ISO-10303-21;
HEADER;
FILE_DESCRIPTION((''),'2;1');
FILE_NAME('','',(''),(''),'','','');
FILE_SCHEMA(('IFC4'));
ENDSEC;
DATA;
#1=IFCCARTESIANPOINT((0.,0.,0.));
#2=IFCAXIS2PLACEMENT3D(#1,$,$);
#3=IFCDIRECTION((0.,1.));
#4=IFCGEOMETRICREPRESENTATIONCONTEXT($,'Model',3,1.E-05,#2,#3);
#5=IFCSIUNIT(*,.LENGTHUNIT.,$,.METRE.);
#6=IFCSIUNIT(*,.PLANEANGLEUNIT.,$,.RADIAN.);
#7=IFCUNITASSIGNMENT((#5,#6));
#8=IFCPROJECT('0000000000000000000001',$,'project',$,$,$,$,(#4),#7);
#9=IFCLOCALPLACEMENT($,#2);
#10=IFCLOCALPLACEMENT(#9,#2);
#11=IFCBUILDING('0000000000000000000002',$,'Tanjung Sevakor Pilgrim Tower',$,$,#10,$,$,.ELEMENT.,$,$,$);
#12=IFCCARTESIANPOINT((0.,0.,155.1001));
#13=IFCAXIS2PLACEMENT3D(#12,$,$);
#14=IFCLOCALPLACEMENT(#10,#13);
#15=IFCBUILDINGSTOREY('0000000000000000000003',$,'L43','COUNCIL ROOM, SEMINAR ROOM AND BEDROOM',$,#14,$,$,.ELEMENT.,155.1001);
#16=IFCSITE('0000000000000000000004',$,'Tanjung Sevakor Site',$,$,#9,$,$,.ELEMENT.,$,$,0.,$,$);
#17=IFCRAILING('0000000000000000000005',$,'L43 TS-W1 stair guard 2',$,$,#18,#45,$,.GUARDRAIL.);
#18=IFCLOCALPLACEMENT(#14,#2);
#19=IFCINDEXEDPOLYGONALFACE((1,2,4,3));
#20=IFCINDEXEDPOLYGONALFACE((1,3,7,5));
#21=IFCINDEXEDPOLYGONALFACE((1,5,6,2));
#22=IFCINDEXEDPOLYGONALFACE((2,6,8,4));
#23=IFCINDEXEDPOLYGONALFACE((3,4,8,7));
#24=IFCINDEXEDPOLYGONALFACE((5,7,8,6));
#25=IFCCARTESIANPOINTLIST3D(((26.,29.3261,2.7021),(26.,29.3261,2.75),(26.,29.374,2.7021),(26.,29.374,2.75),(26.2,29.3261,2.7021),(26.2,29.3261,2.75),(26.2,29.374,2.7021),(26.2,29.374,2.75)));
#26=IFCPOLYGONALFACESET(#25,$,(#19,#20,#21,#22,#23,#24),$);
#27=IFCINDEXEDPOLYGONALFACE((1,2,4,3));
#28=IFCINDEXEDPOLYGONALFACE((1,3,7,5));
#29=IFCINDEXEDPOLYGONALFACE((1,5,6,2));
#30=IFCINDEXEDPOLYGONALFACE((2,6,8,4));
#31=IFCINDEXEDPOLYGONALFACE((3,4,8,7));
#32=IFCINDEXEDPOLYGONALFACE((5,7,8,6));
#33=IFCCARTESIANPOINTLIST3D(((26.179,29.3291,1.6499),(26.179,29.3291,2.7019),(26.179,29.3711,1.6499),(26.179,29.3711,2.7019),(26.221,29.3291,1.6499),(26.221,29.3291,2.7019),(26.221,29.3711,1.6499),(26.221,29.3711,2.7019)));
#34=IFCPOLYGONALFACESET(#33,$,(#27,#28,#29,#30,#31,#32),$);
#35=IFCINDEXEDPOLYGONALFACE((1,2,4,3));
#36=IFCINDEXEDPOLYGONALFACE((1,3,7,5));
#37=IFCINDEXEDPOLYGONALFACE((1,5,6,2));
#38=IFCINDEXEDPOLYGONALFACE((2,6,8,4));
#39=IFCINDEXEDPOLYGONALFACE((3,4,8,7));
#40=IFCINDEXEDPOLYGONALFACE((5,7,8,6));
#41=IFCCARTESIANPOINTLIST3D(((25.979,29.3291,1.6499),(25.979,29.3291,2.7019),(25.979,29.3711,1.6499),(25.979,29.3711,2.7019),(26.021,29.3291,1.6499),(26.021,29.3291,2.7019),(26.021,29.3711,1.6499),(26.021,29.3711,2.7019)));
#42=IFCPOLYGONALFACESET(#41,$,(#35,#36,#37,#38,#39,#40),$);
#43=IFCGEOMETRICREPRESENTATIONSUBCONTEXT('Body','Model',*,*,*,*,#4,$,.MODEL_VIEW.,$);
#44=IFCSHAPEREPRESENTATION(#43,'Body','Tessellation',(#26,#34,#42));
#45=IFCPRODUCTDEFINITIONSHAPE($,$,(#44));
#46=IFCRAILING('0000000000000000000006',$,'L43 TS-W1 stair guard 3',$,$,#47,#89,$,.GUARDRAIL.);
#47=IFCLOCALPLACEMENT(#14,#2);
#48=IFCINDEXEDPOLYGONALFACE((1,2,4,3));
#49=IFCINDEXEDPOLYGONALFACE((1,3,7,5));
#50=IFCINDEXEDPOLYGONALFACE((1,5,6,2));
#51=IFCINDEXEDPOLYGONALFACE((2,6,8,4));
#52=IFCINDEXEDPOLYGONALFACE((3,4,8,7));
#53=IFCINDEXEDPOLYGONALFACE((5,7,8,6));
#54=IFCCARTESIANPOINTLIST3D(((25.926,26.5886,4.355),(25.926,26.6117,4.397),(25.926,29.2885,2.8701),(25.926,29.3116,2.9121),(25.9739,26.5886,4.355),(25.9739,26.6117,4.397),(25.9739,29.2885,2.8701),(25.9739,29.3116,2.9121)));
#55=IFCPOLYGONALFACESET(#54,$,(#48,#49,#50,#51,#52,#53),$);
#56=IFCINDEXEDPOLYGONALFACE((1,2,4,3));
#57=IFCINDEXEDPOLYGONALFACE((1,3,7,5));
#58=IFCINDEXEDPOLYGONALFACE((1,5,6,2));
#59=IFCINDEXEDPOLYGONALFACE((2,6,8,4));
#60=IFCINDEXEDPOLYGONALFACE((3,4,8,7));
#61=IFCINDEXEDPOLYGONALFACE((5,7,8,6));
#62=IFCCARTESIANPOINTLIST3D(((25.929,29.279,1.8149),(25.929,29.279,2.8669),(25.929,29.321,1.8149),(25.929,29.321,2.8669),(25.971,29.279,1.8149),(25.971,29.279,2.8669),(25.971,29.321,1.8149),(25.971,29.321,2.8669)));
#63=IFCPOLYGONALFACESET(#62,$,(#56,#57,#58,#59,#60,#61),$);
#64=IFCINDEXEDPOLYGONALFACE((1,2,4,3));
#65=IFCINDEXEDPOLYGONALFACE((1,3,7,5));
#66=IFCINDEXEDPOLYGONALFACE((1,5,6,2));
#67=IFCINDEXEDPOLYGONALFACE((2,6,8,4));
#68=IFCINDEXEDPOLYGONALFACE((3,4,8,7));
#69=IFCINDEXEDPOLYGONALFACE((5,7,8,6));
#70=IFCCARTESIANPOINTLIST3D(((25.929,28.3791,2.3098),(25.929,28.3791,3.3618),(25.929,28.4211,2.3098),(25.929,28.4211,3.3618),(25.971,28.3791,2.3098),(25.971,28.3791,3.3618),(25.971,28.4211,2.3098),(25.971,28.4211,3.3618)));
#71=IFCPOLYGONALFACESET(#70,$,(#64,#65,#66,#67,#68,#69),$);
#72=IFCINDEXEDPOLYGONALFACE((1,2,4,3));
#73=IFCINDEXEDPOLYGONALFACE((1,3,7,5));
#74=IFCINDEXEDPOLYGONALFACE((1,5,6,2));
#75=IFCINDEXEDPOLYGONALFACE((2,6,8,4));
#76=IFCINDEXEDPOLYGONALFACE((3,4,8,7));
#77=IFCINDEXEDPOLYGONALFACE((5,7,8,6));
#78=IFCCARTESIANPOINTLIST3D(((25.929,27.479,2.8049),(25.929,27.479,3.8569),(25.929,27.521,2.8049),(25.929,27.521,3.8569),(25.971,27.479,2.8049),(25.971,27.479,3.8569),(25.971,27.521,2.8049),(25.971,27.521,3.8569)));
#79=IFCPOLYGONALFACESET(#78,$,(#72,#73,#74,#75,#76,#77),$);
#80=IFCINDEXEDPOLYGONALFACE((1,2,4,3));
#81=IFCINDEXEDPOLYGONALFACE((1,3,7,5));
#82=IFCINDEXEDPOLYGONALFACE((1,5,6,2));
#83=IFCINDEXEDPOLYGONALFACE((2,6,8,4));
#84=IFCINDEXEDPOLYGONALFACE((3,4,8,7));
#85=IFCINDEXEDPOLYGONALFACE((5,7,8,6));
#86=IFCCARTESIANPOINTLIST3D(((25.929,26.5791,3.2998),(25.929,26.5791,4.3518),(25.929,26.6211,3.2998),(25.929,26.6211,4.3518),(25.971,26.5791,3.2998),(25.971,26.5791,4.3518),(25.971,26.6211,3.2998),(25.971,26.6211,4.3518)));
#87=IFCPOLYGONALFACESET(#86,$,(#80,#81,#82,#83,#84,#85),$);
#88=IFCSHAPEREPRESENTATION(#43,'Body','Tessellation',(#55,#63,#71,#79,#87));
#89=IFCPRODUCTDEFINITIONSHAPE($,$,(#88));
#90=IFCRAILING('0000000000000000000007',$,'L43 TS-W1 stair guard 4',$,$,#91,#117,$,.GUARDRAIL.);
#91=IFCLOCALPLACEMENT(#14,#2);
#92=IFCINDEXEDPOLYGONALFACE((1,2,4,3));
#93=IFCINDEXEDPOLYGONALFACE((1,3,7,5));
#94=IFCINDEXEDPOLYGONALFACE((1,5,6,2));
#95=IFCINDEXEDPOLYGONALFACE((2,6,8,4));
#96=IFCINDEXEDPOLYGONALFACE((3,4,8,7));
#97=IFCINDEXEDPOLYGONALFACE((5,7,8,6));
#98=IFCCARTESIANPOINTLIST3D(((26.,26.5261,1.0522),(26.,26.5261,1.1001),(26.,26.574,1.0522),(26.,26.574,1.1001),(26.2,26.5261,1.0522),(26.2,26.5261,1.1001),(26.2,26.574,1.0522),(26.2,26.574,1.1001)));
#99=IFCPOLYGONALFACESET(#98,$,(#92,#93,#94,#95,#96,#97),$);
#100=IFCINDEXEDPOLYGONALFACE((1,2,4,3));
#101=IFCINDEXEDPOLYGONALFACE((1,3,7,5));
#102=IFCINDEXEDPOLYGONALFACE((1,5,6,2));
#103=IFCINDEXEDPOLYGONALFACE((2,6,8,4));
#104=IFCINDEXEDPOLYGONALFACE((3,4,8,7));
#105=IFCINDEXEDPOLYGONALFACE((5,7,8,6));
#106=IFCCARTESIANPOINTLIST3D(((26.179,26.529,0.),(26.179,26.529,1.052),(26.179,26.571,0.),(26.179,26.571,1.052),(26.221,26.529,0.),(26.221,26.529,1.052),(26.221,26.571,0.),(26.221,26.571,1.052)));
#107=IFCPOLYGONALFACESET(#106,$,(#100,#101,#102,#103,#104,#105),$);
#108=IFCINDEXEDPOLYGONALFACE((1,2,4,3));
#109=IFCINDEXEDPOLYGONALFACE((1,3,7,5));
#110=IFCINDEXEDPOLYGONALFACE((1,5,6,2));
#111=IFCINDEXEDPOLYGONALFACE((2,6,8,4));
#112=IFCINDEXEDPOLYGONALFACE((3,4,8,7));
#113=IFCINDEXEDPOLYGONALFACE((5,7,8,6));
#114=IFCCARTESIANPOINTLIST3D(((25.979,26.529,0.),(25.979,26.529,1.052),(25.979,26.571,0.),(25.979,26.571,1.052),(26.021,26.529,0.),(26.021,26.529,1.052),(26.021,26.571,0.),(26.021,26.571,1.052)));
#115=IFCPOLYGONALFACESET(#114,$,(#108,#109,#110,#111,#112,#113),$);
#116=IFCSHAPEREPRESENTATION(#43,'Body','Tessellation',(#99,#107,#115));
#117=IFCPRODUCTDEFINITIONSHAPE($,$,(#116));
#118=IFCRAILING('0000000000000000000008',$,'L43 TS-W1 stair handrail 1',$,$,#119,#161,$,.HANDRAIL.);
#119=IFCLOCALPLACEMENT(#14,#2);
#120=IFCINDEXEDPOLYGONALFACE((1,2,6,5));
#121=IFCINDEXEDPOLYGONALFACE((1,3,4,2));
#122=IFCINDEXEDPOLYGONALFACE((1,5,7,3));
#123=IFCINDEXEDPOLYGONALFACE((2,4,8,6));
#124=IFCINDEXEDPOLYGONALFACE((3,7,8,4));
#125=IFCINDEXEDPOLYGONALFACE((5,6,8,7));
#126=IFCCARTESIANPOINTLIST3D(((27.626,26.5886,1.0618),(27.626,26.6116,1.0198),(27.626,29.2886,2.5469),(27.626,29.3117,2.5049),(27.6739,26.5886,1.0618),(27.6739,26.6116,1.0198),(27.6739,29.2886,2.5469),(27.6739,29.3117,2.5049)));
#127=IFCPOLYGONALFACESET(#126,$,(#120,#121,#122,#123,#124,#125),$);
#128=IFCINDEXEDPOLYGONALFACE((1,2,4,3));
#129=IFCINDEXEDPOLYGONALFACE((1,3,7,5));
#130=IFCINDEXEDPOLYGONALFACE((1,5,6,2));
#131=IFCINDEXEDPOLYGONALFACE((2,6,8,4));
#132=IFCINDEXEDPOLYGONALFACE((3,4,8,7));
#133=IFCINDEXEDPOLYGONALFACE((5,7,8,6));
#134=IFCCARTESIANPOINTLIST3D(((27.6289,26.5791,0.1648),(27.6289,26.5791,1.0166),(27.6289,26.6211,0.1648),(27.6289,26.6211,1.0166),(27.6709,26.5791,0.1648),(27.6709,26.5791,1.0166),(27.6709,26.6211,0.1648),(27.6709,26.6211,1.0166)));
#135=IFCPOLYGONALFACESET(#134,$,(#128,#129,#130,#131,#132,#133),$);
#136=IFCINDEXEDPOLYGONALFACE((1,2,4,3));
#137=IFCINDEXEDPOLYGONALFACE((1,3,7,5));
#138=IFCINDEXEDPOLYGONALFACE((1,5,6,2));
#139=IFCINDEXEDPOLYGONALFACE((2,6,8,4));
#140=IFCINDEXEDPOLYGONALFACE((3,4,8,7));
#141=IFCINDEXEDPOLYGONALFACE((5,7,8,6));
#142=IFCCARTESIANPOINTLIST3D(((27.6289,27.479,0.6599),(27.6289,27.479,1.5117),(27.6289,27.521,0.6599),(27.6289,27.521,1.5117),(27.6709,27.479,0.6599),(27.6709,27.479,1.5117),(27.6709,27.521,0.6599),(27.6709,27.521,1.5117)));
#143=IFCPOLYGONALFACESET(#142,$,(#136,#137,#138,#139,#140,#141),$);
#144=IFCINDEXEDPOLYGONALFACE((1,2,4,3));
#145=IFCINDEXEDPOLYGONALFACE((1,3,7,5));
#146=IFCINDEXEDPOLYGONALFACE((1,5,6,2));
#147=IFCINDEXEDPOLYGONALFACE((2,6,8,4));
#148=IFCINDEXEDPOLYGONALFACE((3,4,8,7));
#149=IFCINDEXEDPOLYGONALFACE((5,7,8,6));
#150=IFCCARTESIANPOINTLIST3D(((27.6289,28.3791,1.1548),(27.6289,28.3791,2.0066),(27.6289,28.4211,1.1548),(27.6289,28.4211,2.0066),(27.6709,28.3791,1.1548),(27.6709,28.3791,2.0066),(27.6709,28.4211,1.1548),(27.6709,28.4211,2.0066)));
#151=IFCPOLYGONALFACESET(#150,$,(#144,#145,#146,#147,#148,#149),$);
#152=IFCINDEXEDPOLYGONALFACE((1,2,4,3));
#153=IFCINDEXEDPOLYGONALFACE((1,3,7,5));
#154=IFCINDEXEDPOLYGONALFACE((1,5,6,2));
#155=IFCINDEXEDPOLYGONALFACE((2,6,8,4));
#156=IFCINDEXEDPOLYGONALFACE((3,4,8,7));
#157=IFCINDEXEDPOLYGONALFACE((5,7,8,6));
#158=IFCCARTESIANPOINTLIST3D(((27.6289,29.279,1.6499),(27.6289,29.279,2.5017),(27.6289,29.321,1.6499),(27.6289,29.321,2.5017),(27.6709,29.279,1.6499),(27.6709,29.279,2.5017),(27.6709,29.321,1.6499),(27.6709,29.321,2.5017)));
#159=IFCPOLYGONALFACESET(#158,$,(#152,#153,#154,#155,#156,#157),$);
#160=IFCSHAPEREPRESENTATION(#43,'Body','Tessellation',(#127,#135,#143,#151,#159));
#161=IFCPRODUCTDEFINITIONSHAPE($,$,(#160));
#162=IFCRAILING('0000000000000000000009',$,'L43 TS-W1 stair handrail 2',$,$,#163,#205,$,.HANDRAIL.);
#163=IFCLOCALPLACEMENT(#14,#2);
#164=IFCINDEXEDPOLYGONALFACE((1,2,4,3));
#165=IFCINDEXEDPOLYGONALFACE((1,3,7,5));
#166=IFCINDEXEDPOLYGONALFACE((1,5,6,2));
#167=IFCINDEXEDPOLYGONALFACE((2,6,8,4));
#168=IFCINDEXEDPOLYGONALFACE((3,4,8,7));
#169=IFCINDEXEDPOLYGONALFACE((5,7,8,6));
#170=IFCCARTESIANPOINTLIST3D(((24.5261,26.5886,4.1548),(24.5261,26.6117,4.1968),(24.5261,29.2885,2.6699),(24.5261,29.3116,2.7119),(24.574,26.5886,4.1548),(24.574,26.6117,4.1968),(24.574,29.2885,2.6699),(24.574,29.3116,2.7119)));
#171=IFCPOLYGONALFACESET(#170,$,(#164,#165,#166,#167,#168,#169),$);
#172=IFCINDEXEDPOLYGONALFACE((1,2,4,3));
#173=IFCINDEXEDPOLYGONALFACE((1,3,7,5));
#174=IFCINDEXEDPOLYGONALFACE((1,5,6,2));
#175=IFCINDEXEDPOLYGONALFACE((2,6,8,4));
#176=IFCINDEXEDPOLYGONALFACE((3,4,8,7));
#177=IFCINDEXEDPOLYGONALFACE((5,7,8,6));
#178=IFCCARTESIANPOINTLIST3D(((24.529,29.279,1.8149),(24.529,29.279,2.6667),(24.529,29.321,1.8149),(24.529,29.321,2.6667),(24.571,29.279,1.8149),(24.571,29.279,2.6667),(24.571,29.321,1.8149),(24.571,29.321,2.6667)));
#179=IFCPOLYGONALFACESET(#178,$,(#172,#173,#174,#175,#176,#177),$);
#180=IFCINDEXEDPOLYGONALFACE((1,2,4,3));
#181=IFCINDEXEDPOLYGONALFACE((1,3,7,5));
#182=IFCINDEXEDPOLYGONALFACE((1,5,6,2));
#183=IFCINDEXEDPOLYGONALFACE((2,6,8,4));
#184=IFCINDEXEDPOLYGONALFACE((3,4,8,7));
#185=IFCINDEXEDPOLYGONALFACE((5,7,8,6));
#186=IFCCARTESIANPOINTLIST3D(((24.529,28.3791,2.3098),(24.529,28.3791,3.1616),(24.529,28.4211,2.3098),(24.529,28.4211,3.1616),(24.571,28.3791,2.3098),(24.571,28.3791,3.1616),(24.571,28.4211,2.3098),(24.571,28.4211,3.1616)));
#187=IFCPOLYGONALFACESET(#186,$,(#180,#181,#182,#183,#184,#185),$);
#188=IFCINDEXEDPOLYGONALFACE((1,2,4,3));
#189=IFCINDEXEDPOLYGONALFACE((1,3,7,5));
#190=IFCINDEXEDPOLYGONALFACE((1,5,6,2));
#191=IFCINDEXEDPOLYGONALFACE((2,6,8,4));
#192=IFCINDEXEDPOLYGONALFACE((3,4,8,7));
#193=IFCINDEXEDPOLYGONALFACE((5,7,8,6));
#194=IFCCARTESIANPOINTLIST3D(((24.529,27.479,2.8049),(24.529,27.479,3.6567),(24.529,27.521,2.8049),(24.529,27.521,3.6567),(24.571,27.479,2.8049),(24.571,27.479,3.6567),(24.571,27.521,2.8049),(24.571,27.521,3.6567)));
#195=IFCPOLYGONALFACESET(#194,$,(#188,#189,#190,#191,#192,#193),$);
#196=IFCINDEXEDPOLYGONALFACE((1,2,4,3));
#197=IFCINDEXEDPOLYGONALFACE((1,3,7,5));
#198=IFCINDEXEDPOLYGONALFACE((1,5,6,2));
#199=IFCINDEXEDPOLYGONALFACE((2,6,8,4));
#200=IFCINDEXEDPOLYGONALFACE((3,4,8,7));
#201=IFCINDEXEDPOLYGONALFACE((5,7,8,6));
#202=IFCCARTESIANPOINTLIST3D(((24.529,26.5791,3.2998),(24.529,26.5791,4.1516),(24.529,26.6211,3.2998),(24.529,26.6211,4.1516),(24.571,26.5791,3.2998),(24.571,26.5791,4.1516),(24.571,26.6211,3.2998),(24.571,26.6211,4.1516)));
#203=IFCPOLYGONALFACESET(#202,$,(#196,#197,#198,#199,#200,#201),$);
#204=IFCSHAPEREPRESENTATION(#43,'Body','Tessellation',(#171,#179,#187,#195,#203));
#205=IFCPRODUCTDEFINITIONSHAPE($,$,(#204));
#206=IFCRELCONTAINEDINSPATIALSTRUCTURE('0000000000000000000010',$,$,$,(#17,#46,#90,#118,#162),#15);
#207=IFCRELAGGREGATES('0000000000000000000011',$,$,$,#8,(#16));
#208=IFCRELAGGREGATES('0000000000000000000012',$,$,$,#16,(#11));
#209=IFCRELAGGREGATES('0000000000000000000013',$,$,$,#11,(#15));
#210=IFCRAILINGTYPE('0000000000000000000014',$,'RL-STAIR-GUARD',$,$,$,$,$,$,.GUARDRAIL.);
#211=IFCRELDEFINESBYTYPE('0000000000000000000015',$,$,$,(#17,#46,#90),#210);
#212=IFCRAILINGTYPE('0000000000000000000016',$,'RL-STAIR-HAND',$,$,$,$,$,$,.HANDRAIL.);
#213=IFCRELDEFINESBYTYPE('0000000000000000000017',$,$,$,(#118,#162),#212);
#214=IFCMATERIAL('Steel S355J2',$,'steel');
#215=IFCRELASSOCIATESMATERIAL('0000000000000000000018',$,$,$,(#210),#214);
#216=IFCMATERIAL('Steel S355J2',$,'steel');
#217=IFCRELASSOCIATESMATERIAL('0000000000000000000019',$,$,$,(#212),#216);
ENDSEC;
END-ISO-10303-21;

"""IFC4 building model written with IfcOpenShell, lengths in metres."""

from ifc_helpers import new_model, si_unit, direction, frame, origin, place, context, subcontext, project, spatial, rectangle, extrude, material, type_object, element, save


model = new_model("IFC4")

# Units and contexts
model_context = context("Model", 3, precision=1e-05, world=origin(), true_north=direction((0.0, 1.0)))
body_context = subcontext(model_context, "Body", "Model", "MODEL_VIEW")
ifc_project = project(units=[si_unit("LENGTHUNIT", "METRE"), si_unit("PLANEANGLEUNIT", "RADIAN")], contexts=[model_context])

# Site, building, storey
site_placement = place(None, origin())
site = spatial("IfcSite", under=ifc_project, at=site_placement, Name="Tanjung Sevakor Site", CompositionType="ELEMENT", RefElevation=0.0)
building_placement = place(site_placement, origin())
building = spatial("IfcBuilding", under=site, at=building_placement, Name="Tanjung Sevakor Pilgrim Tower", CompositionType="ELEMENT")
storey_placement = place(building_placement, frame((0.0, 0.0, 155.1001)))
storey = spatial("IfcBuildingStorey", under=building, at=storey_placement, Name="L43", Description="COUNCIL ROOM, SEMINAR ROOM AND BEDROOM", CompositionType="ELEMENT", Elevation=155.1001)

# Railings
ifc_material_1 = material(Name="Steel S355J2", Category="steel")
railing_type_1 = type_object("IfcRailingType", Name="RL-STAIR-GUARD", PredefinedType="GUARDRAIL", material=ifc_material_1)
railing_1_placement = place(storey_placement, frame((26.2, 29.3501, 1.6499)))
element("IfcRailing", 1, at=railing_1_placement, inside=storey, type_object=railing_type_1, Name="L43 TS-W1 stair guard 2", PredefinedType="GUARDRAIL", context=body_context, shape_type="SweptSolid", body=[
    extrude(rectangle(XDim=0.0479, YDim=0.0479), frame((0.0, 0.0, 1.0762), z_axis=(-1.0, 0.0, 0.0), x_axis=(0.0, -1.0, 0.0)), (0.0, 0.0, 1.0), 0.2),
    extrude(rectangle(XDim=0.042, YDim=0.042), origin(), (0.0, 0.0, 1.0), 1.052),
    extrude(rectangle(XDim=0.042, YDim=0.042), frame((-0.2, 0.0, 0.0)), (0.0, 0.0, 1.0), 1.052),
])
railing_2_placement = place(storey_placement, frame((25.95, 29.3, 1.8149)))
element("IfcRailing", 2, at=railing_2_placement, inside=storey, type_object=railing_type_1, Name="L43 TS-W1 stair guard 3", PredefinedType="GUARDRAIL", context=body_context, shape_type="SweptSolid", body=[
    extrude(rectangle(XDim=0.0479, YDim=0.0479), frame((0.0, 0.0, 1.0762), z_axis=(0.0, -0.876231, 0.481891), x_axis=(1.0, 0.0, 0.0)), (0.0, 0.0, 1.0), 3.0813),
    extrude(rectangle(XDim=0.042, YDim=0.042), origin(), (0.0, 0.0, 1.0), 1.052),
    extrude(rectangle(XDim=0.042, YDim=0.042), frame((0.0, -0.8999, 0.4949)), (0.0, 0.0, 1.0), 1.052),
    extrude(rectangle(XDim=0.042, YDim=0.042), frame((0.0, -1.8, 0.99)), (0.0, 0.0, 1.0), 1.052),
    extrude(rectangle(XDim=0.042, YDim=0.042), frame((0.0, -2.7, 1.4849)), (0.0, 0.0, 1.0), 1.052),
])
railing_3_placement = place(storey_placement, frame((26.2, 26.55, 0.0)))
element("IfcRailing", 3, at=railing_3_placement, inside=storey, type_object=railing_type_1, Name="L43 TS-W1 stair guard 4", PredefinedType="GUARDRAIL", context=body_context, shape_type="SweptSolid", body=[
    extrude(rectangle(XDim=0.0479, YDim=0.0479), frame((0.0, 0.0, 1.0762), z_axis=(-1.0, 0.0, 0.0), x_axis=(0.0, -1.0, 0.0)), (0.0, 0.0, 1.0), 0.2),
    extrude(rectangle(XDim=0.042, YDim=0.042), origin(), (0.0, 0.0, 1.0), 1.052),
    extrude(rectangle(XDim=0.042, YDim=0.042), frame((-0.2, 0.0, 0.0)), (0.0, 0.0, 1.0), 1.052),
])
ifc_material_2 = material(Name="Steel S355J2", Category="steel")
railing_type_2 = type_object("IfcRailingType", Name="RL-STAIR-HAND", PredefinedType="HANDRAIL", material=ifc_material_2)
railing_4_placement = place(storey_placement, frame((27.6499, 26.6001, 0.1648)))
element("IfcRailing", 4, at=railing_4_placement, inside=storey, type_object=railing_type_2, Name="L43 TS-W1 stair handrail 1", PredefinedType="HANDRAIL", context=body_context, shape_type="SweptSolid", body=[
    extrude(rectangle(XDim=0.0479, YDim=0.0479), frame((0.0, 0.0, 0.876), z_axis=(0.0, 0.876198, 0.481952), x_axis=(-1.0, 0.0, 0.0)), (0.0, 0.0, 1.0), 3.0815),
    extrude(rectangle(XDim=0.042, YDim=0.042), origin(), (0.0, 0.0, 1.0), 0.8518),
    extrude(rectangle(XDim=0.042, YDim=0.042), frame((0.0, 0.8999, 0.4951)), (0.0, 0.0, 1.0), 0.8518),
    extrude(rectangle(XDim=0.042, YDim=0.042), frame((0.0, 1.8, 0.99)), (0.0, 0.0, 1.0), 0.8518),
    extrude(rectangle(XDim=0.042, YDim=0.042), frame((0.0, 2.7, 1.4851)), (0.0, 0.0, 1.0), 0.8518),
])
railing_5_placement = place(storey_placement, frame((24.55, 29.3, 1.8149)))
element("IfcRailing", 5, at=railing_5_placement, inside=storey, type_object=railing_type_2, Name="L43 TS-W1 stair handrail 2", PredefinedType="HANDRAIL", context=body_context, shape_type="SweptSolid", body=[
    extrude(rectangle(XDim=0.0479, YDim=0.0479), frame((0.0, 0.0, 0.876), z_axis=(0.0, -0.876231, 0.481891), x_axis=(1.0, 0.0, 0.0)), (0.0, 0.0, 1.0), 3.0813),
    extrude(rectangle(XDim=0.042, YDim=0.042), origin(), (0.0, 0.0, 1.0), 0.8518),
    extrude(rectangle(XDim=0.042, YDim=0.042), frame((0.0, -0.8999, 0.4949)), (0.0, 0.0, 1.0), 0.8518),
    extrude(rectangle(XDim=0.042, YDim=0.042), frame((0.0, -1.8, 0.99)), (0.0, 0.0, 1.0), 0.8518),
    extrude(rectangle(XDim=0.042, YDim=0.042), frame((0.0, -2.7, 1.4849)), (0.0, 0.0, 1.0), 0.8518),
])

save(model, "model.ifc")
